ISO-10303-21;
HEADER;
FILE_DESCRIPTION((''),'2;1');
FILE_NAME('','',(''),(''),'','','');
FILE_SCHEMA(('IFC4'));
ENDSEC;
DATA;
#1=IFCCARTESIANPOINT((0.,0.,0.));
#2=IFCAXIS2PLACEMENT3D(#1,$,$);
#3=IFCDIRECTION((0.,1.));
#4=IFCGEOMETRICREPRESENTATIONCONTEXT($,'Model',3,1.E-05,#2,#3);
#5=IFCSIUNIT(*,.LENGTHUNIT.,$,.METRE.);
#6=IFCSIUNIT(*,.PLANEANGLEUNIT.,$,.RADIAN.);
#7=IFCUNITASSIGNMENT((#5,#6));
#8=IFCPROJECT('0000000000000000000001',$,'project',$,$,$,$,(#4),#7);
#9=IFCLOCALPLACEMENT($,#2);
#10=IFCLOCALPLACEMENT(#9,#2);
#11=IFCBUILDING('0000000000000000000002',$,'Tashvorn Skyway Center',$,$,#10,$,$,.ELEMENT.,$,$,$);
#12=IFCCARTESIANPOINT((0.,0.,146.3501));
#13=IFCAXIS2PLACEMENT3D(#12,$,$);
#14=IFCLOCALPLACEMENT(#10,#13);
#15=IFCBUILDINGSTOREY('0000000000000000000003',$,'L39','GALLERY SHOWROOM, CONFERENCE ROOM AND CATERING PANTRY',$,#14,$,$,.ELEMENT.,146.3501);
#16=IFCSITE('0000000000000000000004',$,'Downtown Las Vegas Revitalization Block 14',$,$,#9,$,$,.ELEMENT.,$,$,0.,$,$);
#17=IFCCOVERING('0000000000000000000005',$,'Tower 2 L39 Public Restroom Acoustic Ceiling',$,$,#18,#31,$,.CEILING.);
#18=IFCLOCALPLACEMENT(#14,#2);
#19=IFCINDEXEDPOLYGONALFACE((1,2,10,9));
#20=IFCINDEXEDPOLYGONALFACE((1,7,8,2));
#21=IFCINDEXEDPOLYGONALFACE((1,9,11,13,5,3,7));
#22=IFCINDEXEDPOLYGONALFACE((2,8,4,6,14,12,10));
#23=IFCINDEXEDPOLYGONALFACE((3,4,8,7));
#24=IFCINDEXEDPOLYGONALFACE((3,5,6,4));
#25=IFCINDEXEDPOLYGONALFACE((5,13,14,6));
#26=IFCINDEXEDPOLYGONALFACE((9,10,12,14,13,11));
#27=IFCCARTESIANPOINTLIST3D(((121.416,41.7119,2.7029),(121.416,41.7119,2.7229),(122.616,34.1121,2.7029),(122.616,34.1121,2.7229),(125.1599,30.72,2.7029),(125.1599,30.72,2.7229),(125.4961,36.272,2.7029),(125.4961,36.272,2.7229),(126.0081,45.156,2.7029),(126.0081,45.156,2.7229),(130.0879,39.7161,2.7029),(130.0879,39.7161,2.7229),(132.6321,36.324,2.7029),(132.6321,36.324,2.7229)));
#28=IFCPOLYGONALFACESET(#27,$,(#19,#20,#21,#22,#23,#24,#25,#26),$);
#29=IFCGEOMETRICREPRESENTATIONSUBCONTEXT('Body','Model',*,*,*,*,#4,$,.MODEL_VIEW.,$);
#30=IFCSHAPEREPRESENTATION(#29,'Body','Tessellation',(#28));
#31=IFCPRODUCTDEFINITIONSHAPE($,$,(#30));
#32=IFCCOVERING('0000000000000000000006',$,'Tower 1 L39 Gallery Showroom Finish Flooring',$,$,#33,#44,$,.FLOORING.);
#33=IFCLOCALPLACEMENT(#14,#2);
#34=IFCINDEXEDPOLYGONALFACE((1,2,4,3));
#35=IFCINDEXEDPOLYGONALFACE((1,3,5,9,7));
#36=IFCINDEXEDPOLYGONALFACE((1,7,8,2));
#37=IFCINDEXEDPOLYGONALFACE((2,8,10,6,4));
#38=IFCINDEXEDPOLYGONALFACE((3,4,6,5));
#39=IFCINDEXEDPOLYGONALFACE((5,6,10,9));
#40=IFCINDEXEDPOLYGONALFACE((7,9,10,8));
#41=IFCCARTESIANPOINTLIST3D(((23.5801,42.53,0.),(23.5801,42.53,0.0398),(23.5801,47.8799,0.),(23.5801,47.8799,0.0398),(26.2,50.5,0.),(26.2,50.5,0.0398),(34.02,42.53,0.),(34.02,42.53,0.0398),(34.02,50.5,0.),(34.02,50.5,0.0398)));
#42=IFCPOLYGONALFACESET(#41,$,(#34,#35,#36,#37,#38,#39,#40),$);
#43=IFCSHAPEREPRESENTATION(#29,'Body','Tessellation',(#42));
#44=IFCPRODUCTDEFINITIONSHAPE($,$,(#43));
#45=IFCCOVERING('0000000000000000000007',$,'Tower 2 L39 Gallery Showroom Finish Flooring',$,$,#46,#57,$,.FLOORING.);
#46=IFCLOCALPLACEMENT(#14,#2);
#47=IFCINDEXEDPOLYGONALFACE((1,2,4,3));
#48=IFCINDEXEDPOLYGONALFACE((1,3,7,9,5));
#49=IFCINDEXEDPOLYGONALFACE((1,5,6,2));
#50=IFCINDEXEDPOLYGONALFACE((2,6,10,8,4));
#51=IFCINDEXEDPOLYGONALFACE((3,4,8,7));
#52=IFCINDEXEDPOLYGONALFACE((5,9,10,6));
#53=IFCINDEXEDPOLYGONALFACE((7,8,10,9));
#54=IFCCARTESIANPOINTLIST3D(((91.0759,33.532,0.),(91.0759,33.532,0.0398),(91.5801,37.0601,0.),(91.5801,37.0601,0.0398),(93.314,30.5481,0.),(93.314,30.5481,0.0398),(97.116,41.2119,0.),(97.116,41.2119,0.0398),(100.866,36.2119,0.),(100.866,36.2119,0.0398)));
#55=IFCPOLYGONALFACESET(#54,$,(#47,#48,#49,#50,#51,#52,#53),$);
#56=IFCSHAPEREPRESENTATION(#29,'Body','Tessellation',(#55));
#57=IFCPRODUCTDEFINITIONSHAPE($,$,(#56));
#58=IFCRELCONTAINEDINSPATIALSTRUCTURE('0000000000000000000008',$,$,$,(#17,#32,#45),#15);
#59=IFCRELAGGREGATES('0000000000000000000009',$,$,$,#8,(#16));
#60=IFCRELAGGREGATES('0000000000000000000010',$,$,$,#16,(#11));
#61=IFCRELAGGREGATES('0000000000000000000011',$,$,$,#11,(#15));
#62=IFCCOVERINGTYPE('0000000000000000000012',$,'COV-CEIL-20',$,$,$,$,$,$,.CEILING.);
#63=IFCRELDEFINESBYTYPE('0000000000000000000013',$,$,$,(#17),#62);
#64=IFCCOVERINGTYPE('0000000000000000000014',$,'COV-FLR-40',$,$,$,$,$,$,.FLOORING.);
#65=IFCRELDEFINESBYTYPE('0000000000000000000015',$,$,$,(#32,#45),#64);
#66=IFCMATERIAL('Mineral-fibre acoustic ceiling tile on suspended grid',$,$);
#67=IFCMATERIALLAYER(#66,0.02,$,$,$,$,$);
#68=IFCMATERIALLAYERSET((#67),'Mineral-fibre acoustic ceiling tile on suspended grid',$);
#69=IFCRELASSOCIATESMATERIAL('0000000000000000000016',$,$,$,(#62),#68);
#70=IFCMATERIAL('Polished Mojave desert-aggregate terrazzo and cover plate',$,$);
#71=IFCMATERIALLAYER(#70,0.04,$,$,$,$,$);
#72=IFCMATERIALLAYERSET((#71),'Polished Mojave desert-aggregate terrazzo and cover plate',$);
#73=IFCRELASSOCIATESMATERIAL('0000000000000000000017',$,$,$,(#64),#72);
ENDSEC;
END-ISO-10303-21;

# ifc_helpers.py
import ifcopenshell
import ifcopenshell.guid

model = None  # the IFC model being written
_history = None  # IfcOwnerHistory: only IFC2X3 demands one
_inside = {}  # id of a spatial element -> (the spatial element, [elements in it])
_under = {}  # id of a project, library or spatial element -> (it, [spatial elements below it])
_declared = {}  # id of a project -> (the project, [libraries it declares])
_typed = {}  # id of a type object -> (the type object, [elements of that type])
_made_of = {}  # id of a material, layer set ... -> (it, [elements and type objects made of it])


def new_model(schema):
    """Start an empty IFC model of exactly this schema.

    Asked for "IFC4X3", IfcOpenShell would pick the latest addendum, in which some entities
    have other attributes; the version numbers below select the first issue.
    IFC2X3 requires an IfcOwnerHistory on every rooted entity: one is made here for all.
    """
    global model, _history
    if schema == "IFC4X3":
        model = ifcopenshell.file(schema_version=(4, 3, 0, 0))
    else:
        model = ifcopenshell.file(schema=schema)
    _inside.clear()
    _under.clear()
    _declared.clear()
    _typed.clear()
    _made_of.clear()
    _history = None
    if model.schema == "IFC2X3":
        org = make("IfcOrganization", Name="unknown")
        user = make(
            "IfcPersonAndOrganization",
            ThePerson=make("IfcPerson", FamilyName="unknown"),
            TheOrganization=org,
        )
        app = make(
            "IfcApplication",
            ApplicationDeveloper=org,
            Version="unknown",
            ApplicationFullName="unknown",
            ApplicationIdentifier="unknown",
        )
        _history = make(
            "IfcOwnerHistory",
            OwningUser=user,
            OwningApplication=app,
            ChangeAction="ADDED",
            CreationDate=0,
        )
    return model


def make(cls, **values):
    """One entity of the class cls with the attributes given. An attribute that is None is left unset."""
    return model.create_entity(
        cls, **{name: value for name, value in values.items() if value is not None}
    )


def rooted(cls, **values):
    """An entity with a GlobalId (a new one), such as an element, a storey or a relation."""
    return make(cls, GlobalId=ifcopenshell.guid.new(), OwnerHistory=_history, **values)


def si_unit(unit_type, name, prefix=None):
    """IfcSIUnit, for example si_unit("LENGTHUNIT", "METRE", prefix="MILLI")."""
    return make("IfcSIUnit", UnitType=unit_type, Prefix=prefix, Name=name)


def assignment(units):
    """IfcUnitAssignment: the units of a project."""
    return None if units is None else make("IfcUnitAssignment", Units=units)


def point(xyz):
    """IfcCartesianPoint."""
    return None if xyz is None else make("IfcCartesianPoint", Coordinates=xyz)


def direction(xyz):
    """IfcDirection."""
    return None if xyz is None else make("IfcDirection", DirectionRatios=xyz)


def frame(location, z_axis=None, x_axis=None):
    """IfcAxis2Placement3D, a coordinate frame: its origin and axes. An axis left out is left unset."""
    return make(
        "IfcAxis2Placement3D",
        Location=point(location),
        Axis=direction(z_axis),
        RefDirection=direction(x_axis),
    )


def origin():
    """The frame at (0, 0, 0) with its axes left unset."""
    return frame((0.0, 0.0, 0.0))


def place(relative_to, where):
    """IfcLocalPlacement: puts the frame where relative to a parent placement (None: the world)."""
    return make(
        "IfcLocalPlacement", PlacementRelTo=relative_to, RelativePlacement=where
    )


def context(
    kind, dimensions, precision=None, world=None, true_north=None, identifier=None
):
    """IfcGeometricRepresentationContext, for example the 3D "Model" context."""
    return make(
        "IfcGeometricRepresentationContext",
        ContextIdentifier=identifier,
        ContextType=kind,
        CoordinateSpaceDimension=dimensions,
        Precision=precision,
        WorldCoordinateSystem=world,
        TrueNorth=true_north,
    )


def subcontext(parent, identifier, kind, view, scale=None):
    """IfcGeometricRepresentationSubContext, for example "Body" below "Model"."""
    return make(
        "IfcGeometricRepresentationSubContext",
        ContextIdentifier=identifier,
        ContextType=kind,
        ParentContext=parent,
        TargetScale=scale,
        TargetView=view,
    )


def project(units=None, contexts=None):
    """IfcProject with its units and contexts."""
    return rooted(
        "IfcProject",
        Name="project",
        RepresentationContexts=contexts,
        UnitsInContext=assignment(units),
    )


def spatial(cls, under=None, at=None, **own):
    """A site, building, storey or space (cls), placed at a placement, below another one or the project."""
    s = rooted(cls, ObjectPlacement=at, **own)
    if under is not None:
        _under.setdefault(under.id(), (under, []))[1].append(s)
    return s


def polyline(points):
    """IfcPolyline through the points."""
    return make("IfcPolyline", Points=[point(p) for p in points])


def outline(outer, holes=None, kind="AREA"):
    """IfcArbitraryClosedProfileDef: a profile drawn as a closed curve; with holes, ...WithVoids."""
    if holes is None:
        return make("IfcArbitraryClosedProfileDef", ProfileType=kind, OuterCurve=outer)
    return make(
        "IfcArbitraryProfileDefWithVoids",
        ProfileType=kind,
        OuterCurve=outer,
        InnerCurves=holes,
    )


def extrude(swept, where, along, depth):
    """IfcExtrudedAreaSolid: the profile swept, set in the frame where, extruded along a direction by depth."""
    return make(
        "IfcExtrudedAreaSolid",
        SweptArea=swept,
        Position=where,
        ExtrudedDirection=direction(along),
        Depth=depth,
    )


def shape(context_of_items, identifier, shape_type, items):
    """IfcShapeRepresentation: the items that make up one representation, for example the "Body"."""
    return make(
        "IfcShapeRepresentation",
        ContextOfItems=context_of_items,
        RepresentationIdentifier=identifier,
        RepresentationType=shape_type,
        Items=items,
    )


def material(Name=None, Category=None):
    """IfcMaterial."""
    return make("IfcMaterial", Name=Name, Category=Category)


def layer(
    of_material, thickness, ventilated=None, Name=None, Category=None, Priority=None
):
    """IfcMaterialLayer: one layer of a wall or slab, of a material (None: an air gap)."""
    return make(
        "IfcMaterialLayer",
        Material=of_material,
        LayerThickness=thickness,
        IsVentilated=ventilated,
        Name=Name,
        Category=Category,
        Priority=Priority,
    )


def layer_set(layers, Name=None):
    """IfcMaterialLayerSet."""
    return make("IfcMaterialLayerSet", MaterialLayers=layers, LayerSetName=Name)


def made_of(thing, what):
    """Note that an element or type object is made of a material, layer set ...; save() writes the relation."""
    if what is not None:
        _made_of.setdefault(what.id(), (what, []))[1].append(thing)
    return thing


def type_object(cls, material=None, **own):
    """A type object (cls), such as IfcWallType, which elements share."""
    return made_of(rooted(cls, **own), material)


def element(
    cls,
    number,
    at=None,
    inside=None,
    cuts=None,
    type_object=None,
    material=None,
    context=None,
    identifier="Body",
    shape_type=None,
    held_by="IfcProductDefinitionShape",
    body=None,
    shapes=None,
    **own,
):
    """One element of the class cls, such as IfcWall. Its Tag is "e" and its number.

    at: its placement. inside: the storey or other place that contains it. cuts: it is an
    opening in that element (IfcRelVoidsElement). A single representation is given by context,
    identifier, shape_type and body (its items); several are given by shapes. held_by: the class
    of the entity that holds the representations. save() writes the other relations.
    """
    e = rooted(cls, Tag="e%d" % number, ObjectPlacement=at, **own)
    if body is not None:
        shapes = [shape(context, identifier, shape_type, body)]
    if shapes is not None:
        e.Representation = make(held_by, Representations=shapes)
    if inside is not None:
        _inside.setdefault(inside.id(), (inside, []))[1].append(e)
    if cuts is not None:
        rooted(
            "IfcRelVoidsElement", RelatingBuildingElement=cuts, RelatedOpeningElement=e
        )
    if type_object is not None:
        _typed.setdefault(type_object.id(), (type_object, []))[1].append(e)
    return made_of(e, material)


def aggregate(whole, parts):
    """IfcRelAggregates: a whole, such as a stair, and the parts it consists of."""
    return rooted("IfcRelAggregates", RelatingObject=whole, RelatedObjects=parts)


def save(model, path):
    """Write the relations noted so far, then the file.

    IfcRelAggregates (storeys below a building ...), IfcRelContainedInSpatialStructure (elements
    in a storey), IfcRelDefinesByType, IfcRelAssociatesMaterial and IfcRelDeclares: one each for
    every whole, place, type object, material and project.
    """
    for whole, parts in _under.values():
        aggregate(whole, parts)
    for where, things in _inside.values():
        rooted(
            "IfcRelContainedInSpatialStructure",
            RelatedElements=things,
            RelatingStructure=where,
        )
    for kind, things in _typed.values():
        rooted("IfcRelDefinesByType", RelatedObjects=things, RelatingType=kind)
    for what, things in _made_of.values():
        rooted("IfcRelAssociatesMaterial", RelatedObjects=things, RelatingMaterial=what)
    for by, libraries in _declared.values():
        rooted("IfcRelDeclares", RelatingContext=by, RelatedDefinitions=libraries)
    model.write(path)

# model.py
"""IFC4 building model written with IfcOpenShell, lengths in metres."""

from ifc_helpers import new_model, si_unit, direction, frame, origin, place, context, subcontext, project, spatial, polyline, outline, extrude, material, layer, layer_set, type_object, element, save


model = new_model("IFC4")

# Units and contexts
model_context = context("Model", 3, precision=1e-05, world=origin(), true_north=direction((0.0, 1.0)))
body_context = subcontext(model_context, "Body", "Model", "MODEL_VIEW")
ifc_project = project(units=[si_unit("LENGTHUNIT", "METRE"), si_unit("PLANEANGLEUNIT", "RADIAN")], contexts=[model_context])

# Site, building, storey
site_placement = place(None, origin())
site = spatial("IfcSite", under=ifc_project, at=site_placement, Name="Downtown Las Vegas Revitalization Block 14", CompositionType="ELEMENT", RefElevation=0.0)
building_placement = place(site_placement, origin())
building = spatial("IfcBuilding", under=site, at=building_placement, Name="Tashvorn Skyway Center", CompositionType="ELEMENT")
storey_placement = place(building_placement, frame((0.0, 0.0, 146.3501)))
storey = spatial("IfcBuildingStorey", under=building, at=storey_placement, Name="L39", Description="GALLERY SHOWROOM, CONFERENCE ROOM AND CATERING PANTRY", CompositionType="ELEMENT", Elevation=146.3501)

# Coverings
ifc_material_1 = material(Name="Mineral-fibre acoustic ceiling tile on suspended grid")
ifc_layer_1 = layer(ifc_material_1, 0.02)
ifc_layer_set_1 = layer_set([ifc_layer_1], Name="Mineral-fibre acoustic ceiling tile on suspended grid")
covering_type_1 = type_object("IfcCoveringType", Name="COV-CEIL-20", PredefinedType="CEILING", material=ifc_layer_set_1)
covering_1_placement = place(storey_placement, frame((0.0, 0.0, 2.7029)))
element("IfcCovering", 1, at=covering_1_placement, inside=storey, type_object=covering_type_1, Name="Tower 2 L39 Public Restroom Acoustic Ceiling", PredefinedType="CEILING", context=body_context, shape_type="SweptSolid", body=[
    extrude(outline(polyline([(125.1599, 30.72), (122.616, 34.1121), (125.4961, 36.272), (121.416, 41.7119), (126.0081, 45.156), (130.0879, 39.7161), (132.6321, 36.324), (125.1599, 30.72)])), origin(), (0.0, 0.0, 1.0), 0.02),
])
ifc_material_2 = material(Name="Polished Mojave desert-aggregate terrazzo and cover plate")
ifc_layer_2 = layer(ifc_material_2, 0.04)
ifc_layer_set_2 = layer_set([ifc_layer_2], Name="Polished Mojave desert-aggregate terrazzo and cover plate")
covering_type_2 = type_object("IfcCoveringType", Name="COV-FLR-40", PredefinedType="FLOORING", material=ifc_layer_set_2)
covering_2_placement = place(storey_placement, origin())
element("IfcCovering", 2, at=covering_2_placement, inside=storey, type_object=covering_type_2, Name="Tower 1 L39 Gallery Showroom Finish Flooring", PredefinedType="FLOORING", context=body_context, shape_type="SweptSolid", body=[
    extrude(outline(polyline([(34.02, 42.53), (23.5801, 42.53), (23.5801, 47.8799), (26.2, 50.5), (34.02, 50.5), (34.02, 42.53)])), origin(), (0.0, 0.0, 1.0), 0.0398),
])
covering_3_placement = place(storey_placement, origin())
element("IfcCovering", 3, at=covering_3_placement, inside=storey, type_object=covering_type_2, Name="Tower 2 L39 Gallery Showroom Finish Flooring", PredefinedType="FLOORING", context=body_context, shape_type="SweptSolid", body=[
    extrude(outline(polyline([(100.866, 36.2119), (93.314, 30.5481), (91.0759, 33.532), (91.5801, 37.0601), (97.116, 41.2119), (100.866, 36.2119)])), origin(), (0.0, 0.0, 1.0), 0.0398),
])

save(model, "model.ifc")
